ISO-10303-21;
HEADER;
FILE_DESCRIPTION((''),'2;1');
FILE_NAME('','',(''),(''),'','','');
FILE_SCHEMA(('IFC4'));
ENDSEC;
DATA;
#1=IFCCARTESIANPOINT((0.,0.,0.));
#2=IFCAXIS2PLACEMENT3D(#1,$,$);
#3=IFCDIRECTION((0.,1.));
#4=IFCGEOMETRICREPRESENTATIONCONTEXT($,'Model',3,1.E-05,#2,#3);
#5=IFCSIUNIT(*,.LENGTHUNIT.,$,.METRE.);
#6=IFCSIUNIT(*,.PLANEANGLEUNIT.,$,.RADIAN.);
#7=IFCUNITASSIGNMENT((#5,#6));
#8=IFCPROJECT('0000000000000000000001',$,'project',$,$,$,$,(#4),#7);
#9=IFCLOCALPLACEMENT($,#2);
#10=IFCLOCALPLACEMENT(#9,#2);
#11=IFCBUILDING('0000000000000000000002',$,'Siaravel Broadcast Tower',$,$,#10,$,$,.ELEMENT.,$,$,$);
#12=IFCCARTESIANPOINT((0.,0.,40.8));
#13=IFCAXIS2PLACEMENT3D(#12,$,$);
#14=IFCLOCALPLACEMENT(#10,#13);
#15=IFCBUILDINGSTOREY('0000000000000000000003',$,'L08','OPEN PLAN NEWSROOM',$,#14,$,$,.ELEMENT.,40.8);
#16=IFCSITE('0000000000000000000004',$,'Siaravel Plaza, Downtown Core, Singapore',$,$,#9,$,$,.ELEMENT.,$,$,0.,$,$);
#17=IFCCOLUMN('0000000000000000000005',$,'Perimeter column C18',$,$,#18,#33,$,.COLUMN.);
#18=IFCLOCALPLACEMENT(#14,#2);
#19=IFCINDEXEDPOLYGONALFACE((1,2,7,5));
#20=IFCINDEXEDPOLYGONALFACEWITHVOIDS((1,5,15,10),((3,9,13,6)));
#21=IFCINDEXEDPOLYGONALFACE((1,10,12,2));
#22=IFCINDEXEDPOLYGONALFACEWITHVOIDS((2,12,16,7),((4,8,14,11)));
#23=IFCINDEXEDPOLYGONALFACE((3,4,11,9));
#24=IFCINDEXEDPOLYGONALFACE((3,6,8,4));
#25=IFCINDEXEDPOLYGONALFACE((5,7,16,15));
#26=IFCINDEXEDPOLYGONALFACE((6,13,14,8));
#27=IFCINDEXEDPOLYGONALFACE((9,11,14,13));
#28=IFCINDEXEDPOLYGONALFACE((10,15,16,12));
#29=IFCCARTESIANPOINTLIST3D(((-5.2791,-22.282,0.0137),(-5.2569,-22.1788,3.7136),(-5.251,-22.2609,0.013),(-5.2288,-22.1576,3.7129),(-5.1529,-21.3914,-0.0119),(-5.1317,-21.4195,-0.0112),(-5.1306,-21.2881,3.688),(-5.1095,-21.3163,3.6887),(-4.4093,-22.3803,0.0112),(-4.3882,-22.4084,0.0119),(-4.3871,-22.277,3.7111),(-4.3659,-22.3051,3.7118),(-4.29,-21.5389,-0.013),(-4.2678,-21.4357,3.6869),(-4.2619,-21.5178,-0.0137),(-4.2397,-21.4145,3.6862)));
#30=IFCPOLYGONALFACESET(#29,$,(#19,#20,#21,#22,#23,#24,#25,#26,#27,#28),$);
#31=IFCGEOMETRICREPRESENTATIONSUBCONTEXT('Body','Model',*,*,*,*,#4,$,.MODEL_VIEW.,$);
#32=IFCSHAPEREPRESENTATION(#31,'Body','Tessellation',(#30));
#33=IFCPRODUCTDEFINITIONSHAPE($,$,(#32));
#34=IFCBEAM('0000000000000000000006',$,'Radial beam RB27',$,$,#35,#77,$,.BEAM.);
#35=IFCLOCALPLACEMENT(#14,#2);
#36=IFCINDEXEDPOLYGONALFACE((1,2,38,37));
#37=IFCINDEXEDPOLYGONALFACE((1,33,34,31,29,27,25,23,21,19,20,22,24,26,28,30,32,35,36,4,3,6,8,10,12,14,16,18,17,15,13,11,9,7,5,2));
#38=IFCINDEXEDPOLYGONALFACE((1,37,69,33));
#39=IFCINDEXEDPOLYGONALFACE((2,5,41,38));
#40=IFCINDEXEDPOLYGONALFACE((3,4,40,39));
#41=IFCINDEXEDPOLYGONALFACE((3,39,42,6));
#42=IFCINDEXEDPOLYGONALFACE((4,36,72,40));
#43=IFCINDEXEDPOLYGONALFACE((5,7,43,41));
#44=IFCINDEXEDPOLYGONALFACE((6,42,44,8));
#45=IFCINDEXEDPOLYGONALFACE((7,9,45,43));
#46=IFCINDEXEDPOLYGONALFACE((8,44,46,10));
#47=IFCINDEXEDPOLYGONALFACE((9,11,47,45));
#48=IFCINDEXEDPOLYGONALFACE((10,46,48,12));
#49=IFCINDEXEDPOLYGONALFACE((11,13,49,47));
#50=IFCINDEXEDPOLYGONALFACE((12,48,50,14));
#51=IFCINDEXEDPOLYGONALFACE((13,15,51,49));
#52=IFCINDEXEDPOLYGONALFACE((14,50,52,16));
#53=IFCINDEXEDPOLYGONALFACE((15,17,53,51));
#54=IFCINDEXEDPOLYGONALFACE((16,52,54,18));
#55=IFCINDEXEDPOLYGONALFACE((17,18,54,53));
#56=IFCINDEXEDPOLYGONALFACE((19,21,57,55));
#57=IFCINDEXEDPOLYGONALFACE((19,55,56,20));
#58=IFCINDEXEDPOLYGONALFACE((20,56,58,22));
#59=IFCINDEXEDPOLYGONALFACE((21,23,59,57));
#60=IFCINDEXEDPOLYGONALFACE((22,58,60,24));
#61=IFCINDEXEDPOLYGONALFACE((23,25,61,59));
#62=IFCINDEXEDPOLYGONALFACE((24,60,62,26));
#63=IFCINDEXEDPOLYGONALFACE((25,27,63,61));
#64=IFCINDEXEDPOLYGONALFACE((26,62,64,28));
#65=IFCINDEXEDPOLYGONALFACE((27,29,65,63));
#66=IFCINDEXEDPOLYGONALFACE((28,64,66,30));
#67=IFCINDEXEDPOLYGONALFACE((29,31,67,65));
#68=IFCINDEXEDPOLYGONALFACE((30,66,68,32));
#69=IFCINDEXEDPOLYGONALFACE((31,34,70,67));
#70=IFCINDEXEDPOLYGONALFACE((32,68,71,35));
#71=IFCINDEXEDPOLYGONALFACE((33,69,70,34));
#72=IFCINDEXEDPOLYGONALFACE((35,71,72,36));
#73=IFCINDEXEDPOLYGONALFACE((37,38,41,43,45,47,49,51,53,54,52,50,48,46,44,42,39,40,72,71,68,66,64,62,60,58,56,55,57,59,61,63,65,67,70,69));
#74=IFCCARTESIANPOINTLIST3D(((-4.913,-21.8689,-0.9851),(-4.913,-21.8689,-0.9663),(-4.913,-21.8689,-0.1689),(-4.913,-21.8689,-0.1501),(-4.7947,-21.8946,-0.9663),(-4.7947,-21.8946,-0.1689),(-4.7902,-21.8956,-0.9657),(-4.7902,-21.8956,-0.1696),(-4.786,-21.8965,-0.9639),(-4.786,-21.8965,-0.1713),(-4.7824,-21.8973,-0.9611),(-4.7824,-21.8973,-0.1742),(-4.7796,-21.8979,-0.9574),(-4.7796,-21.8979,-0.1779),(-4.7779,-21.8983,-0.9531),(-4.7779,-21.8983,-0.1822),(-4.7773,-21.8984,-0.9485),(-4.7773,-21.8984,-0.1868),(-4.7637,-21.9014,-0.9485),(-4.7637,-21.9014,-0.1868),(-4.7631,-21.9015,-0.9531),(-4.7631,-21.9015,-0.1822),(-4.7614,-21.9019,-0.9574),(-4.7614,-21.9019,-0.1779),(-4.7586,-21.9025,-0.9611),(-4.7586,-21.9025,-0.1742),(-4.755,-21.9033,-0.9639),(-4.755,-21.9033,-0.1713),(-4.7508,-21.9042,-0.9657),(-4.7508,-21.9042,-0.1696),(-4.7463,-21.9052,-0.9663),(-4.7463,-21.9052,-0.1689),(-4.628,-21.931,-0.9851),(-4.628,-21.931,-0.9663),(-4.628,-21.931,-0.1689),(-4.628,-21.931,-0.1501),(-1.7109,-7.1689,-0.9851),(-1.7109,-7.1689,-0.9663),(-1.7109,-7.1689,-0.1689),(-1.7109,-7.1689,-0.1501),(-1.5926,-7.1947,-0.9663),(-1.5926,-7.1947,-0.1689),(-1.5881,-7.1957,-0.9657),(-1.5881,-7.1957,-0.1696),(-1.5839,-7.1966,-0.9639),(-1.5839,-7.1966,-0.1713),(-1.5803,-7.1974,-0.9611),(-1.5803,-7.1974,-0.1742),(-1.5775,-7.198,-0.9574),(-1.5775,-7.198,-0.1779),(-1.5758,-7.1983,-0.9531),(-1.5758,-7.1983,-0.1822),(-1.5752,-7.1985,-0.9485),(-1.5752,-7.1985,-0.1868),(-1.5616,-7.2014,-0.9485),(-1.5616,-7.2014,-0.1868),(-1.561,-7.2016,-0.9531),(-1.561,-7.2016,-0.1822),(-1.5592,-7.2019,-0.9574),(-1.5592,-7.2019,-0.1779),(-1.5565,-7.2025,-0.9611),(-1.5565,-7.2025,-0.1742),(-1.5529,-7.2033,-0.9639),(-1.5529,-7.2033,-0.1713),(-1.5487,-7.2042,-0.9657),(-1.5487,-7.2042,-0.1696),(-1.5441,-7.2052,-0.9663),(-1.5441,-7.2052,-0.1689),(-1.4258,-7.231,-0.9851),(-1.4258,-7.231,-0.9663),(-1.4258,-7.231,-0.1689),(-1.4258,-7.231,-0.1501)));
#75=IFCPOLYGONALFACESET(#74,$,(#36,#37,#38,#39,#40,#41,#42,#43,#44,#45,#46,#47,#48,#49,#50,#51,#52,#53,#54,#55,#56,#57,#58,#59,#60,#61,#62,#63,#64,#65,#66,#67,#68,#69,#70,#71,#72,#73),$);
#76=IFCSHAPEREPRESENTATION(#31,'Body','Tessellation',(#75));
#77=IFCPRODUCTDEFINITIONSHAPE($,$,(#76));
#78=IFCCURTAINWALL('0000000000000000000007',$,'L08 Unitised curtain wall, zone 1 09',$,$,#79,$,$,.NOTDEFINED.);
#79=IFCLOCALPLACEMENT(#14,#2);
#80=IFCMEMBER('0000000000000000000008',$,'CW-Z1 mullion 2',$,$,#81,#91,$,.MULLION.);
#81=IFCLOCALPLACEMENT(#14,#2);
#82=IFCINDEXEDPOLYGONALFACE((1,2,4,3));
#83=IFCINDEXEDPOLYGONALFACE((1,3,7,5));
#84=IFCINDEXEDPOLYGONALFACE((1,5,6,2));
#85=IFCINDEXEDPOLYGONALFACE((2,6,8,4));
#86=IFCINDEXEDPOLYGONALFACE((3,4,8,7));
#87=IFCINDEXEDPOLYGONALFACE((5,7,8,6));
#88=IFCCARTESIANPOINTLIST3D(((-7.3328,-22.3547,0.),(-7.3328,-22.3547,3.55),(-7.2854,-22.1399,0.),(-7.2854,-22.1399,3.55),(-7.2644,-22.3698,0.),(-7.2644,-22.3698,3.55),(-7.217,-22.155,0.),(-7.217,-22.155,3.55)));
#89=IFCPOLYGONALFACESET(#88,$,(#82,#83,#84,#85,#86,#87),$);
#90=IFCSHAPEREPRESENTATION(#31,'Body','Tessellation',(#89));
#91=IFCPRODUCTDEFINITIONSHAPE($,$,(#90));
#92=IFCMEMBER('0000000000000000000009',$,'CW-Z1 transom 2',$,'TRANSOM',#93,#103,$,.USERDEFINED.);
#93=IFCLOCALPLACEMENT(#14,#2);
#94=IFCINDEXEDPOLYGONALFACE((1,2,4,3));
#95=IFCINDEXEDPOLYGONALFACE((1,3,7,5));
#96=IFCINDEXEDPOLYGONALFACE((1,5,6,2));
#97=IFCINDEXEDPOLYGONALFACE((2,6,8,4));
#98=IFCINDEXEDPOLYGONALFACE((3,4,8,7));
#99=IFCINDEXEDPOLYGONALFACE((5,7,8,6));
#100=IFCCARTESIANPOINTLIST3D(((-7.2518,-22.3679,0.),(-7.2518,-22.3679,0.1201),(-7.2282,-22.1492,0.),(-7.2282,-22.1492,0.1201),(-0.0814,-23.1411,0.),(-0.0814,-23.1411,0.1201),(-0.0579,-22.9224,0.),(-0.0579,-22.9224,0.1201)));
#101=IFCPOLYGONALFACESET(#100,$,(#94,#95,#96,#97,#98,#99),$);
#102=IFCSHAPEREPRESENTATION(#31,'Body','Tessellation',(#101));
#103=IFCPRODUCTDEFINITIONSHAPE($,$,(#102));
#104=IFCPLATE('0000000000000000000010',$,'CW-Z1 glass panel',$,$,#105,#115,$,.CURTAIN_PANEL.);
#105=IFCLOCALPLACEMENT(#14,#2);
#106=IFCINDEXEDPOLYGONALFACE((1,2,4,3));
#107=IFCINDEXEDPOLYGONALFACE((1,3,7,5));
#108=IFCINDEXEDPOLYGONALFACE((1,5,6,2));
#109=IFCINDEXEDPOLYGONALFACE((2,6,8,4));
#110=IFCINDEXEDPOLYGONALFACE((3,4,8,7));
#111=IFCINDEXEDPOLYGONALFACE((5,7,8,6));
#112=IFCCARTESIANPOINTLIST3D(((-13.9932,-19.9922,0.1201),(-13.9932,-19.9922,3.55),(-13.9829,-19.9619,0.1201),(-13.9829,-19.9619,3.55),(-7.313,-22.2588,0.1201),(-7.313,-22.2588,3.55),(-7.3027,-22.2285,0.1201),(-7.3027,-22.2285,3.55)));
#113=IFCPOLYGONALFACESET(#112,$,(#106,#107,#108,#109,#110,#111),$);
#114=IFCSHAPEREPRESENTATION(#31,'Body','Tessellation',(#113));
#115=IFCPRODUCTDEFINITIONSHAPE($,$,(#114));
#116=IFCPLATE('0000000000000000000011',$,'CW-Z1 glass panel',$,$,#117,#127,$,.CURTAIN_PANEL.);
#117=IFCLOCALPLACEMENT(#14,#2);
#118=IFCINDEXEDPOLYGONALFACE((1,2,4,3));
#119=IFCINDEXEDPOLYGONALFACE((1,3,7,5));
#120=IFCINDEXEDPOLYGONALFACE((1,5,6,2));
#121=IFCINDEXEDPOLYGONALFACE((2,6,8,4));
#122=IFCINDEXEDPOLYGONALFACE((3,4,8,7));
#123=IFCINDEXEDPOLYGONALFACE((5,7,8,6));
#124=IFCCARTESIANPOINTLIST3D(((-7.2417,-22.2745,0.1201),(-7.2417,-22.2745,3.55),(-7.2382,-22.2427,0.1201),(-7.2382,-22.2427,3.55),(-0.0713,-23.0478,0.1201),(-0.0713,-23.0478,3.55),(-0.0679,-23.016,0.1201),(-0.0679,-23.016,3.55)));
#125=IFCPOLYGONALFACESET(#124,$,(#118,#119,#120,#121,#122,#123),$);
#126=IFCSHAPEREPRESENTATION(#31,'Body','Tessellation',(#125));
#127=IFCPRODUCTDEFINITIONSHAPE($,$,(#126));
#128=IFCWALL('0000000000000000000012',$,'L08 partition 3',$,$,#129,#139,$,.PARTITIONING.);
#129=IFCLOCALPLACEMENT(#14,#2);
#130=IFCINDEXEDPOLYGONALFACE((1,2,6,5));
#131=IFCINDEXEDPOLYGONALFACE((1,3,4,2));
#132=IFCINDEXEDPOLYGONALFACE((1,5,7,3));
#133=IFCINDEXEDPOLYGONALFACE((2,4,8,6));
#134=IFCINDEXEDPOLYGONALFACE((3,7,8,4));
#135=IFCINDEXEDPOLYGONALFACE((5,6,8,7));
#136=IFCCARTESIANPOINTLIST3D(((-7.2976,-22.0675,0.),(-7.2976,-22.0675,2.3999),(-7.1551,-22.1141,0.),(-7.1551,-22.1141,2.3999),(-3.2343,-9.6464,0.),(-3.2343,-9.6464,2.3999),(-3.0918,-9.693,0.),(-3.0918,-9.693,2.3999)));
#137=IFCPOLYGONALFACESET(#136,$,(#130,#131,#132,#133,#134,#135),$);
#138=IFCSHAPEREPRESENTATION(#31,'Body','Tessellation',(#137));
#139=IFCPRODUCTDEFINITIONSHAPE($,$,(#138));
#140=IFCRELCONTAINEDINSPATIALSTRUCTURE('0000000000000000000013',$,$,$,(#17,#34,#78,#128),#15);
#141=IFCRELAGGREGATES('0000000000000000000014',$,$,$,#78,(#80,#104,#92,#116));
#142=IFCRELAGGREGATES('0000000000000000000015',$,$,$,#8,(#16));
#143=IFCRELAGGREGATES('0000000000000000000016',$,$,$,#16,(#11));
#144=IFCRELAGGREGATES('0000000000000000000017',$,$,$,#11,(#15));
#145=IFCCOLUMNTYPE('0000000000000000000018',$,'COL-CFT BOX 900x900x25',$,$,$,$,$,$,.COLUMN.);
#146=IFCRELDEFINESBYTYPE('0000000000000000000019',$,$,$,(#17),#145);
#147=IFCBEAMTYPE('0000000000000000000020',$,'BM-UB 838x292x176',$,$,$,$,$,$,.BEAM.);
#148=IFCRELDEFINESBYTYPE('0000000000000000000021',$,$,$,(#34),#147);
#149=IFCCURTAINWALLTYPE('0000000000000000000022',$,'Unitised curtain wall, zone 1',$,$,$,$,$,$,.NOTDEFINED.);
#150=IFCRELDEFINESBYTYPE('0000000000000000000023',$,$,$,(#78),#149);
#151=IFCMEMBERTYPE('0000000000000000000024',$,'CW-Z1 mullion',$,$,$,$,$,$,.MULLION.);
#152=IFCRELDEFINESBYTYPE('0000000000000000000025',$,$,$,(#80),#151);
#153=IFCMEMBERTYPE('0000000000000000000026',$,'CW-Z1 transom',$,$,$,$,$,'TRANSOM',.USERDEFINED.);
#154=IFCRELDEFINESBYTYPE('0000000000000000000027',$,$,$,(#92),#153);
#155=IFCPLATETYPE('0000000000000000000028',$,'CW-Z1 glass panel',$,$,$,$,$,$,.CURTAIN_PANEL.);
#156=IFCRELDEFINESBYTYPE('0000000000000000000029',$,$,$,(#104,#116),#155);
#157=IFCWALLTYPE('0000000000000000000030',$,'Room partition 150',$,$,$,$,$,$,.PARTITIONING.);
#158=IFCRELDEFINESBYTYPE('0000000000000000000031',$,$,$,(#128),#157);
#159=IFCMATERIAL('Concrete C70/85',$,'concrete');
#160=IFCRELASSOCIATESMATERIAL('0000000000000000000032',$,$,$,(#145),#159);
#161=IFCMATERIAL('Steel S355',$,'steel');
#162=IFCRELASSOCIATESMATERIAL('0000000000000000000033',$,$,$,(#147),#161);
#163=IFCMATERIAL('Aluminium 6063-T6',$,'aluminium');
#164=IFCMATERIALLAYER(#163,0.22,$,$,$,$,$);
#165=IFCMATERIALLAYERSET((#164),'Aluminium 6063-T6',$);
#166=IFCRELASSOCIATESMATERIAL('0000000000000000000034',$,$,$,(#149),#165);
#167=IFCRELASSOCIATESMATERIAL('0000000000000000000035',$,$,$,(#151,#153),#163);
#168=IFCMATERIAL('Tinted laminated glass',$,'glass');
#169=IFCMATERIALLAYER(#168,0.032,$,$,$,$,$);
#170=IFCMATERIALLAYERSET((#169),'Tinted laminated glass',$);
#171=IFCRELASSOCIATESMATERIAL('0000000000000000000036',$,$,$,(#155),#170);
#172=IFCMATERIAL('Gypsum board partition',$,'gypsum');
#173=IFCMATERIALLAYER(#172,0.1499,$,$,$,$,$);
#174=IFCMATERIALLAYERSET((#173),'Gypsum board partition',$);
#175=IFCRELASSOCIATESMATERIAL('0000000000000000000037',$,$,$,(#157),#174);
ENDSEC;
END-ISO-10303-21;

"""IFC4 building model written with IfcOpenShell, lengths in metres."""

from ifc_helpers import new_model, si_unit, direction, frame, frame_2d, origin, origin_2d, place, context, subcontext, project, spatial, rectangle, hollow_rectangle, i_section, extrude, material, layer, layer_set, material_profile, profile_set, type_object, element, aggregate, save


model = new_model("IFC4")

# Units and contexts
model_context = context("Model", 3, precision=1e-05, world=origin(), true_north=direction((0.0, 1.0)))
body_context = subcontext(model_context, "Body", "Model", "MODEL_VIEW")
ifc_project = project(units=[si_unit("LENGTHUNIT", "METRE"), si_unit("PLANEANGLEUNIT", "RADIAN")], contexts=[model_context])

# Site, building, storey
site_placement = place(None, origin())
site = spatial("IfcSite", under=ifc_project, at=site_placement, Name="Siaravel Plaza, Downtown Core, Singapore", CompositionType="ELEMENT", RefElevation=0.0)
building_placement = place(site_placement, origin())
building = spatial("IfcBuilding", under=site, at=building_placement, Name="Siaravel Broadcast Tower", CompositionType="ELEMENT")
storey_placement = place(building_placement, frame((0.0, 0.0, 40.8)))
storey = spatial("IfcBuildingStorey", under=building, at=storey_placement, Name="L08", Description="OPEN PLAN NEWSROOM", CompositionType="ELEMENT", Elevation=40.8)

# Column
ifc_material_1 = material(Name="Concrete C70/85", Category="concrete")
ifc_material_profile_1 = material_profile(ifc_material_1, hollow_rectangle(XDim=0.8999, YDim=0.8999, WallThickness=0.0249, at=origin_2d()))
ifc_profile_set_1 = profile_set([ifc_material_profile_1], Name="Concrete C70/85")
column_type = type_object("IfcColumnType", Name="COL-CFT BOX 900x900x25", PredefinedType="COLUMN", material=ifc_profile_set_1)
column_placement = place(storey_placement, frame((-4.7705, -21.8999, 0.0), z_axis=(0.006002, 0.0279, 0.999593), x_axis=(-0.990089, 0.140428, 0.002026)))
element("IfcColumn", 1, at=column_placement, inside=storey, type_object=column_type, Name="Perimeter column C18", PredefinedType="COLUMN", context=body_context, shape_type="SweptSolid", body=[
    extrude(hollow_rectangle(XDim=0.8999, YDim=0.8999, WallThickness=0.0249, at=origin_2d()), origin(), (0.0, 0.0, 1.0), 3.7014),
])

# Beam
ifc_material_2 = material(Name="Steel S355", Category="steel")
ifc_material_profile_2 = material_profile(ifc_material_2, i_section(OverallWidth=0.2917, OverallDepth=0.835, WebThickness=0.0139, FlangeThickness=0.0188, FilletRadius=0.0178, at=origin_2d()))
ifc_profile_set_2 = profile_set([ifc_material_profile_2], Name="Steel S355")
beam_type = type_object("IfcBeamType", Name="BM-UB 838x292x176", PredefinedType="BEAM", material=ifc_profile_set_2)
beam_placement = place(storey_placement, frame((-4.7705, -21.8999, -0.5676), z_axis=(0.212843, 0.977086, 0.0), x_axis=(-0.977086, 0.212843, 0.0)))
element("IfcBeam", 2, at=beam_placement, inside=storey, type_object=beam_type, Name="Radial beam RB27", PredefinedType="BEAM", context=body_context, shape_type="SweptSolid", body=[
    extrude(i_section(OverallWidth=0.2917, OverallDepth=0.835, WebThickness=0.0139, FlangeThickness=0.0188, FilletRadius=0.0178, at=origin_2d()), origin(), (0.0, 0.0, 1.0), 15.0447),
])

# Curtain wall, members, plates
ifc_material_3 = material(Name="Aluminium 6063-T6", Category="aluminium")
ifc_layer_1 = layer(ifc_material_3, 0.22)
ifc_layer_set_1 = layer_set([ifc_layer_1], Name="Aluminium 6063-T6")
curtain_wall_type = type_object("IfcCurtainWallType", Name="Unitised curtain wall, zone 1", PredefinedType="NOTDEFINED", material=ifc_layer_set_1)
curtain_wall_placement = place(storey_placement, origin())
curtain_wall = element("IfcCurtainWall", 3, at=curtain_wall_placement, inside=storey, type_object=curtain_wall_type, Name="L08 Unitised curtain wall, zone 1 09", PredefinedType="NOTDEFINED")
ifc_material_profile_3 = material_profile(ifc_material_3, rectangle(XDim=0.22, YDim=0.0701, at=origin_2d()))
ifc_profile_set_3 = profile_set([ifc_material_profile_3], Name="Aluminium 6063-T6")
member_type_1 = type_object("IfcMemberType", Name="CW-Z1 mullion", PredefinedType="MULLION", material=ifc_profile_set_3)
member_1_placement = place(storey_placement, frame((-7.2749, -22.2549, 0.0), z_axis=(0.0, 0.0, 1.0), x_axis=(0.215558, 0.976491, 0.0)))
member_1 = element("IfcMember", 4, at=member_1_placement, type_object=member_type_1, Name="CW-Z1 mullion 2", PredefinedType="MULLION", context=body_context, shape_type="SweptSolid", body=[
    extrude(rectangle(XDim=0.22, YDim=0.0701, at=origin_2d()), origin(), (0.0, 0.0, 1.0), 3.55),
])
ifc_material_profile_4 = material_profile(ifc_material_3, rectangle(XDim=0.22, YDim=0.1201, at=origin_2d()))
ifc_profile_set_4 = profile_set([ifc_material_profile_4], Name="Aluminium 6063-T6")
member_type_2 = type_object("IfcMemberType", Name="CW-Z1 transom", ElementType="TRANSOM", PredefinedType="USERDEFINED", material=ifc_profile_set_4)
member_2_placement = place(storey_placement, frame((-7.24, -22.2585, 0.0601), z_axis=(0.994236, -0.10721, 0.0), x_axis=(0.10721, 0.994236, 0.0)))
member_2 = element("IfcMember", 5, at=member_2_placement, type_object=member_type_2, Name="CW-Z1 transom 2", ObjectType="TRANSOM", PredefinedType="USERDEFINED", context=body_context, shape_type="SweptSolid", body=[
    extrude(rectangle(XDim=0.22, YDim=0.1201, at=origin_2d()), origin(), (0.0, 0.0, 1.0), 7.2119),
])
ifc_material_4 = material(Name="Tinted laminated glass", Category="glass")
ifc_layer_2 = layer(ifc_material_4, 0.032)
ifc_layer_set_2 = layer_set([ifc_layer_2], Name="Tinted laminated glass")
plate_type = type_object("IfcPlateType", Name="CW-Z1 glass panel", PredefinedType="CURTAIN_PANEL", material=ifc_layer_set_2)
plate_1_placement = place(storey_placement, frame((-10.6479, -21.1104, 0.1201), z_axis=(0.0, 0.0, 1.0), x_axis=(0.946977, -0.321301, 0.0)))
plate_1 = element("IfcPlate", 6, at=plate_1_placement, type_object=plate_type, Name="CW-Z1 glass panel", PredefinedType="CURTAIN_PANEL", context=body_context, shape_type="SweptSolid", body=[
    extrude(rectangle(XDim=7.0542, YDim=0.032, at=origin_2d()), origin(), (0.0, 0.0, 1.0), 3.4299),
])
plate_2_placement = place(storey_placement, frame((-3.6548, -22.6453, 0.1201), z_axis=(0.0, 0.0, 1.0), x_axis=(0.994236, -0.107218, 0.0)))
plate_2 = element("IfcPlate", 7, at=plate_2_placement, type_object=plate_type, Name="CW-Z1 glass panel", PredefinedType="CURTAIN_PANEL", context=body_context, shape_type="SweptSolid", body=[
    extrude(rectangle(XDim=7.2119, YDim=0.032, at=origin_2d()), origin(), (0.0, 0.0, 1.0), 3.4299),
])
aggregate(curtain_wall, [member_1, plate_1, member_2, plate_2])

# Wall
ifc_material_5 = material(Name="Gypsum board partition", Category="gypsum")
ifc_layer_3 = layer(ifc_material_5, 0.1499)
ifc_layer_set_3 = layer_set([ifc_layer_3], Name="Gypsum board partition")
wall_type = type_object("IfcWallType", Name="Room partition 150", PredefinedType="PARTITIONING", material=ifc_layer_set_3)
wall_placement = place(storey_placement, frame((-7.2263, -22.0908, 0.0), z_axis=(0.0, 0.0, 1.0), x_axis=(0.31091, 0.950439, 0.0)))
element("IfcWall", 8, at=wall_placement, inside=storey, type_object=wall_type, Name="L08 partition 3", PredefinedType="PARTITIONING", context=body_context, shape_type="SweptSolid", body=[
    extrude(rectangle(XDim=13.0688, YDim=0.1499, at=frame_2d((6.5344, 0.0))), origin(), (0.0, 0.0, 1.0), 2.3999),
])

save(model, "model.ifc")
